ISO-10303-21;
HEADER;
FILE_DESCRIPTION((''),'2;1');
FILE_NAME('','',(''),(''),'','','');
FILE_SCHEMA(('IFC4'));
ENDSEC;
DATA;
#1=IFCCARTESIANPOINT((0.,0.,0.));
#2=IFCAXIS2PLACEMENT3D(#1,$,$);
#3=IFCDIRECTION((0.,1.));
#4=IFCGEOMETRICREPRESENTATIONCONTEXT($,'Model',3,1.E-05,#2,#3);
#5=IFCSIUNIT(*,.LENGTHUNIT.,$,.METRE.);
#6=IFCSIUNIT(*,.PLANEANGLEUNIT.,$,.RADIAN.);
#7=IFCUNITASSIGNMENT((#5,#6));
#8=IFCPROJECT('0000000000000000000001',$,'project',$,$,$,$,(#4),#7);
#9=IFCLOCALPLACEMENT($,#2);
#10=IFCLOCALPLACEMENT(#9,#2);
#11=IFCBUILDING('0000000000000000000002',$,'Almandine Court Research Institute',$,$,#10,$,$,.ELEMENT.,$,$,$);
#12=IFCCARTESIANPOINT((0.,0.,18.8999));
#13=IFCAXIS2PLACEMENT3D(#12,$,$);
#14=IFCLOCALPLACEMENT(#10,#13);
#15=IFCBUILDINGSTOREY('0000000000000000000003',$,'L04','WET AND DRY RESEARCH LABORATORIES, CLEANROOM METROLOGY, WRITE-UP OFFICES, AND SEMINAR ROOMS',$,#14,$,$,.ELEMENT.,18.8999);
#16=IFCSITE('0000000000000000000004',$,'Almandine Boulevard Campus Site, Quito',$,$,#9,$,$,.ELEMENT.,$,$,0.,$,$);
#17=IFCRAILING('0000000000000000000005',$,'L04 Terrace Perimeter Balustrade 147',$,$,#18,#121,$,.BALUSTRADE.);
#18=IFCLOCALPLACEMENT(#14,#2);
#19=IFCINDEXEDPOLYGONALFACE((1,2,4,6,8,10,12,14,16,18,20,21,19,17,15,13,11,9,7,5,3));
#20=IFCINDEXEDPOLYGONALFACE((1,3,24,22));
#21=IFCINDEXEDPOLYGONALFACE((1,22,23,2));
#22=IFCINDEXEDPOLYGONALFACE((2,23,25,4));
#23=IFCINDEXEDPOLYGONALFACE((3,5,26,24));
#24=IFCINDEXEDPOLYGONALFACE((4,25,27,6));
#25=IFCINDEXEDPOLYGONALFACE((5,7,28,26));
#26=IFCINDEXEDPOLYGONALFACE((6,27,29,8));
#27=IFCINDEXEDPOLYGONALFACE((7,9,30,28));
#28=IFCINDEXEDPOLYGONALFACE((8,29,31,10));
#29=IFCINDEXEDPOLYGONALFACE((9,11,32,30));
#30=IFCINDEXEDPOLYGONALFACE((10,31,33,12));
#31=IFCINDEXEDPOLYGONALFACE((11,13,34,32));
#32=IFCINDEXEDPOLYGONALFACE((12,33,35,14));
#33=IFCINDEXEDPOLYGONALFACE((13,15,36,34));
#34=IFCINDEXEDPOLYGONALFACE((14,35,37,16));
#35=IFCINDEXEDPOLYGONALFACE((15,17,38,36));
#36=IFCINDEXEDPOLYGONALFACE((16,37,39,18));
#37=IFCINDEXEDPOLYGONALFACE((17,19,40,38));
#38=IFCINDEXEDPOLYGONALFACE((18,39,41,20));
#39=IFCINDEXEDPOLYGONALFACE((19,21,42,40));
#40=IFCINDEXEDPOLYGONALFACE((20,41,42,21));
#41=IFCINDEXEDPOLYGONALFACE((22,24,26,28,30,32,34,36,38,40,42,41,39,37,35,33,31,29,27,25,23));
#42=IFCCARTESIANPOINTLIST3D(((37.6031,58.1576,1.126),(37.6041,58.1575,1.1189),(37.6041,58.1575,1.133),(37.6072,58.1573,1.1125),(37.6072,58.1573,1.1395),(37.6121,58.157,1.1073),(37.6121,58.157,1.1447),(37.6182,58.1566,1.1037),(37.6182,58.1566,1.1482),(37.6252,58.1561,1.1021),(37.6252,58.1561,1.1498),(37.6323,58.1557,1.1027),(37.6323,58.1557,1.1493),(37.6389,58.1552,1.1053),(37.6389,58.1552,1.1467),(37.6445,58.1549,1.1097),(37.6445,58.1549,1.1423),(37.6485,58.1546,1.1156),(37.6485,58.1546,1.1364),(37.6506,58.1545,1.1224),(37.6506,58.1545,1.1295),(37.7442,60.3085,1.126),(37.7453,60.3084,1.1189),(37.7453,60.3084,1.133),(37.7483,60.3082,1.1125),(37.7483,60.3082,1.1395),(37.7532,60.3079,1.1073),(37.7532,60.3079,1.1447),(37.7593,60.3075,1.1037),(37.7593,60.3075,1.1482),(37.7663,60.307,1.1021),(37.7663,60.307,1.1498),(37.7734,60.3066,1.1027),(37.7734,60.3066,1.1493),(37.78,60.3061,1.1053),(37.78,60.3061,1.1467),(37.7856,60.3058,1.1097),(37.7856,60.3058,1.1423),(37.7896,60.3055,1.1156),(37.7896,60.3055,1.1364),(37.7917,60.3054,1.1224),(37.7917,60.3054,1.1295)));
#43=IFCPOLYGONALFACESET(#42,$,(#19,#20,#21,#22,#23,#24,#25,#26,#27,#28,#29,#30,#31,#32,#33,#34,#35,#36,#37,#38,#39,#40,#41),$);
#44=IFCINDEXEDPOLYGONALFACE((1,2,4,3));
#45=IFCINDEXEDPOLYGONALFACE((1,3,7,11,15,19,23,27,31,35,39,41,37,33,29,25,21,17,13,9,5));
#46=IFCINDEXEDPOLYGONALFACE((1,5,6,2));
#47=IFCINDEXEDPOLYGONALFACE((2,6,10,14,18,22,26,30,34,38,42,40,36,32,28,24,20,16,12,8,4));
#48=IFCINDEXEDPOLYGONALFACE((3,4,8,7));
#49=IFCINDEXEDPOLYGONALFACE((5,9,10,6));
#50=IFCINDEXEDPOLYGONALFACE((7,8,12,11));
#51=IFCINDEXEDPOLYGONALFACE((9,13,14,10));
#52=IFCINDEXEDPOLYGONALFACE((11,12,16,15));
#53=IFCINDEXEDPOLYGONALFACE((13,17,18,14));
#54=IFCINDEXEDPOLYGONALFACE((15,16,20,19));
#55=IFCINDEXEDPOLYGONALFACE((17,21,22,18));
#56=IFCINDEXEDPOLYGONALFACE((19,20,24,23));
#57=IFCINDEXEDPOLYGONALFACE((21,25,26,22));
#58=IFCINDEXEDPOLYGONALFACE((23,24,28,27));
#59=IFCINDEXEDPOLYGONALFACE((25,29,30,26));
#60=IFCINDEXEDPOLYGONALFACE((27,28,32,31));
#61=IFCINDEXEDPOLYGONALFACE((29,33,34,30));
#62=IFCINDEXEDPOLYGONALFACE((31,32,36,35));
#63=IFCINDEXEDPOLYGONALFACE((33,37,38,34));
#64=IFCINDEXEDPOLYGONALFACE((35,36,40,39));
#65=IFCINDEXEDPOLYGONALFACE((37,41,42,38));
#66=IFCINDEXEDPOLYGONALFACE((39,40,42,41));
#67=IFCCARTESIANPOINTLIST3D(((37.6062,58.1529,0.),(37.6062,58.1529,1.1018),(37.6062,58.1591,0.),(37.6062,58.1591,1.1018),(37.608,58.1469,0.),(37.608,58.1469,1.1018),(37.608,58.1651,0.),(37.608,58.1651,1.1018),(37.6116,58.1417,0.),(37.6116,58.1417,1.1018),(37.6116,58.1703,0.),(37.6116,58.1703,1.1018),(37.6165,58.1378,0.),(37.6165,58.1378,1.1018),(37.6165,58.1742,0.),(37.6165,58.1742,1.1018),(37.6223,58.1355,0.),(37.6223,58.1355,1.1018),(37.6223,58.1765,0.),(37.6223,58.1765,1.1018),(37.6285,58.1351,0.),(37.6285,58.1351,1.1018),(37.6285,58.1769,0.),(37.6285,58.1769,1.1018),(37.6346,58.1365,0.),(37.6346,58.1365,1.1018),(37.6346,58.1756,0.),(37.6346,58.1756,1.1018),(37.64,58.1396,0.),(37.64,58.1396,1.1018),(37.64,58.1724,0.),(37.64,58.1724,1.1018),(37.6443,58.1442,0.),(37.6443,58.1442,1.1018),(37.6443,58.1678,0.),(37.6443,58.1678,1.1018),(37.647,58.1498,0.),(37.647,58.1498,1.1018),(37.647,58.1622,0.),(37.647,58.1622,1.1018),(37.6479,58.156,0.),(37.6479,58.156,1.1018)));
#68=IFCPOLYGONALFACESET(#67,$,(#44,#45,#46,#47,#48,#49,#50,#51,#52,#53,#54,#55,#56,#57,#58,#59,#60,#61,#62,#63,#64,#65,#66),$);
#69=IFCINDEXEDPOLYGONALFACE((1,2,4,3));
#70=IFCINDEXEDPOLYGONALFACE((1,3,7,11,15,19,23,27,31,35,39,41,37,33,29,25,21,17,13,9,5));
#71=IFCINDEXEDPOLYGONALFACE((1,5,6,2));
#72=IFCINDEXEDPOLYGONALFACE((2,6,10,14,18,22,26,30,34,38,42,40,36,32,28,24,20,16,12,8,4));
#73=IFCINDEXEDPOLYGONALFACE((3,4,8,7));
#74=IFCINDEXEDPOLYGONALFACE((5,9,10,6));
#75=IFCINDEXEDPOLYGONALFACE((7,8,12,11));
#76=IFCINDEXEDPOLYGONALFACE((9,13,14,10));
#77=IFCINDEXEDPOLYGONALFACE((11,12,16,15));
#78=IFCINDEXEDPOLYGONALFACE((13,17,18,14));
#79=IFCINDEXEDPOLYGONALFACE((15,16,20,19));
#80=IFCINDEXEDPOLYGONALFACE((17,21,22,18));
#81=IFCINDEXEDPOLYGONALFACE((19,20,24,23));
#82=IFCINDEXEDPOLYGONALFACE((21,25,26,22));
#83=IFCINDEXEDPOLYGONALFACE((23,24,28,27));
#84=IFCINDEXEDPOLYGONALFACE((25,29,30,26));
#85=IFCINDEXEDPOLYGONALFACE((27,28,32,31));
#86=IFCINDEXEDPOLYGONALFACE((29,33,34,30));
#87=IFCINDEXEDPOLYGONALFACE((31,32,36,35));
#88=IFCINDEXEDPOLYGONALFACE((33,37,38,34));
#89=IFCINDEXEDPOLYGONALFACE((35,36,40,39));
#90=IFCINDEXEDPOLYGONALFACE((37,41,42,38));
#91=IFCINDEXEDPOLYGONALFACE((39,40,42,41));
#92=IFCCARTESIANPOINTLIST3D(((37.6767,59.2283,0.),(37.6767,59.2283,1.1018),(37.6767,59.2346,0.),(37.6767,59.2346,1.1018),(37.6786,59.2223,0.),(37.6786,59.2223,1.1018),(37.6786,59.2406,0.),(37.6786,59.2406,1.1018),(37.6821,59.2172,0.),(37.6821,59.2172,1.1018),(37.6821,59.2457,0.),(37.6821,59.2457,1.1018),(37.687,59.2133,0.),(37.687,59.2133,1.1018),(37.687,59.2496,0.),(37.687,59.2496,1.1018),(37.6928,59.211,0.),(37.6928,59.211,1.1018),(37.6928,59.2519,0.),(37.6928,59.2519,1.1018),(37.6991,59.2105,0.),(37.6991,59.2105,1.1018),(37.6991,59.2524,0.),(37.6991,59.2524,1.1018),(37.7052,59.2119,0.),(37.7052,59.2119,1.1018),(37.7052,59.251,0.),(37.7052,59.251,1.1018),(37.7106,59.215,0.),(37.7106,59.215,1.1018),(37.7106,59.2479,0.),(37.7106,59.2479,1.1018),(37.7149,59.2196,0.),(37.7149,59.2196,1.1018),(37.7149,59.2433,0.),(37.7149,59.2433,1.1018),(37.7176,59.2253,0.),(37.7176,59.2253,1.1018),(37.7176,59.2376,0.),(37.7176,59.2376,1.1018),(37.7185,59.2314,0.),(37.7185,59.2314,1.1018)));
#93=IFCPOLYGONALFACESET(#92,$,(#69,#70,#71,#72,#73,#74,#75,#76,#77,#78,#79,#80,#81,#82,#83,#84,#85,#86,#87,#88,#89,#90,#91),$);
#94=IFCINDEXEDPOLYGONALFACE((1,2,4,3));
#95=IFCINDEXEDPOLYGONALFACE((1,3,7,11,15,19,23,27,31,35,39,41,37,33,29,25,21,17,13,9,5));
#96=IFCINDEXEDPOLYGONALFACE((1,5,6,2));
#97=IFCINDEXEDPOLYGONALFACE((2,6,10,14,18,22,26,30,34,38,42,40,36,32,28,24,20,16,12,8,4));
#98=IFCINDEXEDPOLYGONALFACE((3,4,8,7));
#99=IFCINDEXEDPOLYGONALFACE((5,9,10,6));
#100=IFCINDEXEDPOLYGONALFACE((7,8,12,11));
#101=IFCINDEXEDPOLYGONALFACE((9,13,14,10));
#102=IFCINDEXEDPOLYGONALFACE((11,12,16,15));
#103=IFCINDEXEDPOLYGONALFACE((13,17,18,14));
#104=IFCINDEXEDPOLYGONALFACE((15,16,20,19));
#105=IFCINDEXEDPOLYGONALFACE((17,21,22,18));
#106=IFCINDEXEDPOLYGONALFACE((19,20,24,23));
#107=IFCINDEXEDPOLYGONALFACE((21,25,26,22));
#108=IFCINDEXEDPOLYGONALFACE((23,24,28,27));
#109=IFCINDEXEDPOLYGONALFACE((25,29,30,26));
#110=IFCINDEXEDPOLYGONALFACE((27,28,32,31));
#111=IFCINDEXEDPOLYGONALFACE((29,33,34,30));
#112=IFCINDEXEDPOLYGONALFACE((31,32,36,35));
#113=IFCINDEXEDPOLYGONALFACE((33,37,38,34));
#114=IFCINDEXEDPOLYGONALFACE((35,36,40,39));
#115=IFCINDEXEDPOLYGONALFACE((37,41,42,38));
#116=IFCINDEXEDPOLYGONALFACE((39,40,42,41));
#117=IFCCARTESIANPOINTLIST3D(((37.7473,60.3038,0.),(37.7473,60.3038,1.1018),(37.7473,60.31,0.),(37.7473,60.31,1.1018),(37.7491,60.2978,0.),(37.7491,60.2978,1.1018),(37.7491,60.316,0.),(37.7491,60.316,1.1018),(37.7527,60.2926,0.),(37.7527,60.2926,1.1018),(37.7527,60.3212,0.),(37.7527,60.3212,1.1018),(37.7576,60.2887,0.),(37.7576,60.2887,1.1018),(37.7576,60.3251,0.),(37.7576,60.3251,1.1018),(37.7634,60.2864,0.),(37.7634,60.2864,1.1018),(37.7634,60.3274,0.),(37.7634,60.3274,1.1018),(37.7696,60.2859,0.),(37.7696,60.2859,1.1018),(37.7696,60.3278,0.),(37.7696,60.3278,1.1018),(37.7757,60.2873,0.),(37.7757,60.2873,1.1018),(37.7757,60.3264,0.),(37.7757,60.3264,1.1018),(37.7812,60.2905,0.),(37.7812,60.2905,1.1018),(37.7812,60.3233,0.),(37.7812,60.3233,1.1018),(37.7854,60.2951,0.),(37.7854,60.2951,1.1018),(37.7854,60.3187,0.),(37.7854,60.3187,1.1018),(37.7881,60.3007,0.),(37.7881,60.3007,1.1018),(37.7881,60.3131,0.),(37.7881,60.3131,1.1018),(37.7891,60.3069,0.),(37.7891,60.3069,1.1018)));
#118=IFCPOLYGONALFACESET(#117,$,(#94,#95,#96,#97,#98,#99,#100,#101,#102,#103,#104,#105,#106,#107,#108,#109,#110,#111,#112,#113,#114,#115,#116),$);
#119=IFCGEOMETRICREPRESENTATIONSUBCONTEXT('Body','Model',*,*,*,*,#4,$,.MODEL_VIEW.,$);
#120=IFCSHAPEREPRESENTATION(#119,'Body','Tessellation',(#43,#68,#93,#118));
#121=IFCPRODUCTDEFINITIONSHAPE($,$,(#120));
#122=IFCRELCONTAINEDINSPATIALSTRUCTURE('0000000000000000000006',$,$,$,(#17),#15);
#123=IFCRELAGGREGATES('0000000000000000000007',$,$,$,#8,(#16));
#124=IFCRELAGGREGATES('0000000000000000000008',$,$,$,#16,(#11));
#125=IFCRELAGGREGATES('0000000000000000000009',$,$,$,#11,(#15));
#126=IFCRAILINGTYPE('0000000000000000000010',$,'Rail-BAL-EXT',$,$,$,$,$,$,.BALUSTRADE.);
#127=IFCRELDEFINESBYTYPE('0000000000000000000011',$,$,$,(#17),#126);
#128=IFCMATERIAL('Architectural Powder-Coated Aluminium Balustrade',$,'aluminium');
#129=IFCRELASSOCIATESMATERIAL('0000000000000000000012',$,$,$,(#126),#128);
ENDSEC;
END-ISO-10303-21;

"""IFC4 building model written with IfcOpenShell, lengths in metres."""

from ifc_helpers import new_model, si_unit, direction, frame, origin, origin_2d, place, context, subcontext, project, spatial, circle, extrude, material, type_object, element, save


model = new_model("IFC4")

# Units and contexts
model_context = context("Model", 3, precision=1e-05, world=origin(), true_north=direction((0.0, 1.0)))
body_context = subcontext(model_context, "Body", "Model", "MODEL_VIEW")
ifc_project = project(units=[si_unit("LENGTHUNIT", "METRE"), si_unit("PLANEANGLEUNIT", "RADIAN")], contexts=[model_context])

# Site, building, storey
site_placement = place(None, origin())
site = spatial("IfcSite", under=ifc_project, at=site_placement, Name="Almandine Boulevard Campus Site, Quito", CompositionType="ELEMENT", RefElevation=0.0)
building_placement = place(site_placement, origin())
building = spatial("IfcBuilding", under=site, at=building_placement, Name="Almandine Court Research Institute", CompositionType="ELEMENT")
storey_placement = place(building_placement, frame((0.0, 0.0, 18.8999)))
storey = spatial("IfcBuildingStorey", under=building, at=storey_placement, Name="L04", Description="WET AND DRY RESEARCH LABORATORIES, CLEANROOM METROLOGY, WRITE-UP OFFICES, AND SEMINAR ROOMS", CompositionType="ELEMENT", Elevation=18.8999)

# Railing
ifc_material_1 = material(Name="Architectural Powder-Coated Aluminium Balustrade", Category="aluminium")
railing_type = type_object("IfcRailingType", Name="Rail-BAL-EXT", PredefinedType="BALUSTRADE", material=ifc_material_1)
railing_1_placement = place(storey_placement, frame((37.627, 58.156, 0.0)))
element("IfcRailing", 1, at=railing_1_placement, inside=storey, type_object=railing_type, Name="L04 Terrace Perimeter Balustrade 147", PredefinedType="BALUSTRADE", context=body_context, shape_type="SweptSolid", body=[
    extrude(circle(Radius=0.0239, at=origin_2d()), frame((0.0, 0.0, 1.126), z_axis=(0.065467, 0.997855, 0.0), x_axis=(-0.997855, 0.065467, 0.0)), (0.0, 0.0, 1.0), 2.1555),
    extrude(circle(Radius=0.021, at=origin_2d()), origin(), (0.0, 0.0, 1.0), 1.1018),
    extrude(circle(Radius=0.021, at=origin_2d()), frame((0.0706, 1.0754, 0.0)), (0.0, 0.0, 1.0), 1.1018),
    extrude(circle(Radius=0.021, at=origin_2d()), frame((0.1411, 2.1509, 0.0)), (0.0, 0.0, 1.0), 1.1018),
])

save(model, "model.ifc")
